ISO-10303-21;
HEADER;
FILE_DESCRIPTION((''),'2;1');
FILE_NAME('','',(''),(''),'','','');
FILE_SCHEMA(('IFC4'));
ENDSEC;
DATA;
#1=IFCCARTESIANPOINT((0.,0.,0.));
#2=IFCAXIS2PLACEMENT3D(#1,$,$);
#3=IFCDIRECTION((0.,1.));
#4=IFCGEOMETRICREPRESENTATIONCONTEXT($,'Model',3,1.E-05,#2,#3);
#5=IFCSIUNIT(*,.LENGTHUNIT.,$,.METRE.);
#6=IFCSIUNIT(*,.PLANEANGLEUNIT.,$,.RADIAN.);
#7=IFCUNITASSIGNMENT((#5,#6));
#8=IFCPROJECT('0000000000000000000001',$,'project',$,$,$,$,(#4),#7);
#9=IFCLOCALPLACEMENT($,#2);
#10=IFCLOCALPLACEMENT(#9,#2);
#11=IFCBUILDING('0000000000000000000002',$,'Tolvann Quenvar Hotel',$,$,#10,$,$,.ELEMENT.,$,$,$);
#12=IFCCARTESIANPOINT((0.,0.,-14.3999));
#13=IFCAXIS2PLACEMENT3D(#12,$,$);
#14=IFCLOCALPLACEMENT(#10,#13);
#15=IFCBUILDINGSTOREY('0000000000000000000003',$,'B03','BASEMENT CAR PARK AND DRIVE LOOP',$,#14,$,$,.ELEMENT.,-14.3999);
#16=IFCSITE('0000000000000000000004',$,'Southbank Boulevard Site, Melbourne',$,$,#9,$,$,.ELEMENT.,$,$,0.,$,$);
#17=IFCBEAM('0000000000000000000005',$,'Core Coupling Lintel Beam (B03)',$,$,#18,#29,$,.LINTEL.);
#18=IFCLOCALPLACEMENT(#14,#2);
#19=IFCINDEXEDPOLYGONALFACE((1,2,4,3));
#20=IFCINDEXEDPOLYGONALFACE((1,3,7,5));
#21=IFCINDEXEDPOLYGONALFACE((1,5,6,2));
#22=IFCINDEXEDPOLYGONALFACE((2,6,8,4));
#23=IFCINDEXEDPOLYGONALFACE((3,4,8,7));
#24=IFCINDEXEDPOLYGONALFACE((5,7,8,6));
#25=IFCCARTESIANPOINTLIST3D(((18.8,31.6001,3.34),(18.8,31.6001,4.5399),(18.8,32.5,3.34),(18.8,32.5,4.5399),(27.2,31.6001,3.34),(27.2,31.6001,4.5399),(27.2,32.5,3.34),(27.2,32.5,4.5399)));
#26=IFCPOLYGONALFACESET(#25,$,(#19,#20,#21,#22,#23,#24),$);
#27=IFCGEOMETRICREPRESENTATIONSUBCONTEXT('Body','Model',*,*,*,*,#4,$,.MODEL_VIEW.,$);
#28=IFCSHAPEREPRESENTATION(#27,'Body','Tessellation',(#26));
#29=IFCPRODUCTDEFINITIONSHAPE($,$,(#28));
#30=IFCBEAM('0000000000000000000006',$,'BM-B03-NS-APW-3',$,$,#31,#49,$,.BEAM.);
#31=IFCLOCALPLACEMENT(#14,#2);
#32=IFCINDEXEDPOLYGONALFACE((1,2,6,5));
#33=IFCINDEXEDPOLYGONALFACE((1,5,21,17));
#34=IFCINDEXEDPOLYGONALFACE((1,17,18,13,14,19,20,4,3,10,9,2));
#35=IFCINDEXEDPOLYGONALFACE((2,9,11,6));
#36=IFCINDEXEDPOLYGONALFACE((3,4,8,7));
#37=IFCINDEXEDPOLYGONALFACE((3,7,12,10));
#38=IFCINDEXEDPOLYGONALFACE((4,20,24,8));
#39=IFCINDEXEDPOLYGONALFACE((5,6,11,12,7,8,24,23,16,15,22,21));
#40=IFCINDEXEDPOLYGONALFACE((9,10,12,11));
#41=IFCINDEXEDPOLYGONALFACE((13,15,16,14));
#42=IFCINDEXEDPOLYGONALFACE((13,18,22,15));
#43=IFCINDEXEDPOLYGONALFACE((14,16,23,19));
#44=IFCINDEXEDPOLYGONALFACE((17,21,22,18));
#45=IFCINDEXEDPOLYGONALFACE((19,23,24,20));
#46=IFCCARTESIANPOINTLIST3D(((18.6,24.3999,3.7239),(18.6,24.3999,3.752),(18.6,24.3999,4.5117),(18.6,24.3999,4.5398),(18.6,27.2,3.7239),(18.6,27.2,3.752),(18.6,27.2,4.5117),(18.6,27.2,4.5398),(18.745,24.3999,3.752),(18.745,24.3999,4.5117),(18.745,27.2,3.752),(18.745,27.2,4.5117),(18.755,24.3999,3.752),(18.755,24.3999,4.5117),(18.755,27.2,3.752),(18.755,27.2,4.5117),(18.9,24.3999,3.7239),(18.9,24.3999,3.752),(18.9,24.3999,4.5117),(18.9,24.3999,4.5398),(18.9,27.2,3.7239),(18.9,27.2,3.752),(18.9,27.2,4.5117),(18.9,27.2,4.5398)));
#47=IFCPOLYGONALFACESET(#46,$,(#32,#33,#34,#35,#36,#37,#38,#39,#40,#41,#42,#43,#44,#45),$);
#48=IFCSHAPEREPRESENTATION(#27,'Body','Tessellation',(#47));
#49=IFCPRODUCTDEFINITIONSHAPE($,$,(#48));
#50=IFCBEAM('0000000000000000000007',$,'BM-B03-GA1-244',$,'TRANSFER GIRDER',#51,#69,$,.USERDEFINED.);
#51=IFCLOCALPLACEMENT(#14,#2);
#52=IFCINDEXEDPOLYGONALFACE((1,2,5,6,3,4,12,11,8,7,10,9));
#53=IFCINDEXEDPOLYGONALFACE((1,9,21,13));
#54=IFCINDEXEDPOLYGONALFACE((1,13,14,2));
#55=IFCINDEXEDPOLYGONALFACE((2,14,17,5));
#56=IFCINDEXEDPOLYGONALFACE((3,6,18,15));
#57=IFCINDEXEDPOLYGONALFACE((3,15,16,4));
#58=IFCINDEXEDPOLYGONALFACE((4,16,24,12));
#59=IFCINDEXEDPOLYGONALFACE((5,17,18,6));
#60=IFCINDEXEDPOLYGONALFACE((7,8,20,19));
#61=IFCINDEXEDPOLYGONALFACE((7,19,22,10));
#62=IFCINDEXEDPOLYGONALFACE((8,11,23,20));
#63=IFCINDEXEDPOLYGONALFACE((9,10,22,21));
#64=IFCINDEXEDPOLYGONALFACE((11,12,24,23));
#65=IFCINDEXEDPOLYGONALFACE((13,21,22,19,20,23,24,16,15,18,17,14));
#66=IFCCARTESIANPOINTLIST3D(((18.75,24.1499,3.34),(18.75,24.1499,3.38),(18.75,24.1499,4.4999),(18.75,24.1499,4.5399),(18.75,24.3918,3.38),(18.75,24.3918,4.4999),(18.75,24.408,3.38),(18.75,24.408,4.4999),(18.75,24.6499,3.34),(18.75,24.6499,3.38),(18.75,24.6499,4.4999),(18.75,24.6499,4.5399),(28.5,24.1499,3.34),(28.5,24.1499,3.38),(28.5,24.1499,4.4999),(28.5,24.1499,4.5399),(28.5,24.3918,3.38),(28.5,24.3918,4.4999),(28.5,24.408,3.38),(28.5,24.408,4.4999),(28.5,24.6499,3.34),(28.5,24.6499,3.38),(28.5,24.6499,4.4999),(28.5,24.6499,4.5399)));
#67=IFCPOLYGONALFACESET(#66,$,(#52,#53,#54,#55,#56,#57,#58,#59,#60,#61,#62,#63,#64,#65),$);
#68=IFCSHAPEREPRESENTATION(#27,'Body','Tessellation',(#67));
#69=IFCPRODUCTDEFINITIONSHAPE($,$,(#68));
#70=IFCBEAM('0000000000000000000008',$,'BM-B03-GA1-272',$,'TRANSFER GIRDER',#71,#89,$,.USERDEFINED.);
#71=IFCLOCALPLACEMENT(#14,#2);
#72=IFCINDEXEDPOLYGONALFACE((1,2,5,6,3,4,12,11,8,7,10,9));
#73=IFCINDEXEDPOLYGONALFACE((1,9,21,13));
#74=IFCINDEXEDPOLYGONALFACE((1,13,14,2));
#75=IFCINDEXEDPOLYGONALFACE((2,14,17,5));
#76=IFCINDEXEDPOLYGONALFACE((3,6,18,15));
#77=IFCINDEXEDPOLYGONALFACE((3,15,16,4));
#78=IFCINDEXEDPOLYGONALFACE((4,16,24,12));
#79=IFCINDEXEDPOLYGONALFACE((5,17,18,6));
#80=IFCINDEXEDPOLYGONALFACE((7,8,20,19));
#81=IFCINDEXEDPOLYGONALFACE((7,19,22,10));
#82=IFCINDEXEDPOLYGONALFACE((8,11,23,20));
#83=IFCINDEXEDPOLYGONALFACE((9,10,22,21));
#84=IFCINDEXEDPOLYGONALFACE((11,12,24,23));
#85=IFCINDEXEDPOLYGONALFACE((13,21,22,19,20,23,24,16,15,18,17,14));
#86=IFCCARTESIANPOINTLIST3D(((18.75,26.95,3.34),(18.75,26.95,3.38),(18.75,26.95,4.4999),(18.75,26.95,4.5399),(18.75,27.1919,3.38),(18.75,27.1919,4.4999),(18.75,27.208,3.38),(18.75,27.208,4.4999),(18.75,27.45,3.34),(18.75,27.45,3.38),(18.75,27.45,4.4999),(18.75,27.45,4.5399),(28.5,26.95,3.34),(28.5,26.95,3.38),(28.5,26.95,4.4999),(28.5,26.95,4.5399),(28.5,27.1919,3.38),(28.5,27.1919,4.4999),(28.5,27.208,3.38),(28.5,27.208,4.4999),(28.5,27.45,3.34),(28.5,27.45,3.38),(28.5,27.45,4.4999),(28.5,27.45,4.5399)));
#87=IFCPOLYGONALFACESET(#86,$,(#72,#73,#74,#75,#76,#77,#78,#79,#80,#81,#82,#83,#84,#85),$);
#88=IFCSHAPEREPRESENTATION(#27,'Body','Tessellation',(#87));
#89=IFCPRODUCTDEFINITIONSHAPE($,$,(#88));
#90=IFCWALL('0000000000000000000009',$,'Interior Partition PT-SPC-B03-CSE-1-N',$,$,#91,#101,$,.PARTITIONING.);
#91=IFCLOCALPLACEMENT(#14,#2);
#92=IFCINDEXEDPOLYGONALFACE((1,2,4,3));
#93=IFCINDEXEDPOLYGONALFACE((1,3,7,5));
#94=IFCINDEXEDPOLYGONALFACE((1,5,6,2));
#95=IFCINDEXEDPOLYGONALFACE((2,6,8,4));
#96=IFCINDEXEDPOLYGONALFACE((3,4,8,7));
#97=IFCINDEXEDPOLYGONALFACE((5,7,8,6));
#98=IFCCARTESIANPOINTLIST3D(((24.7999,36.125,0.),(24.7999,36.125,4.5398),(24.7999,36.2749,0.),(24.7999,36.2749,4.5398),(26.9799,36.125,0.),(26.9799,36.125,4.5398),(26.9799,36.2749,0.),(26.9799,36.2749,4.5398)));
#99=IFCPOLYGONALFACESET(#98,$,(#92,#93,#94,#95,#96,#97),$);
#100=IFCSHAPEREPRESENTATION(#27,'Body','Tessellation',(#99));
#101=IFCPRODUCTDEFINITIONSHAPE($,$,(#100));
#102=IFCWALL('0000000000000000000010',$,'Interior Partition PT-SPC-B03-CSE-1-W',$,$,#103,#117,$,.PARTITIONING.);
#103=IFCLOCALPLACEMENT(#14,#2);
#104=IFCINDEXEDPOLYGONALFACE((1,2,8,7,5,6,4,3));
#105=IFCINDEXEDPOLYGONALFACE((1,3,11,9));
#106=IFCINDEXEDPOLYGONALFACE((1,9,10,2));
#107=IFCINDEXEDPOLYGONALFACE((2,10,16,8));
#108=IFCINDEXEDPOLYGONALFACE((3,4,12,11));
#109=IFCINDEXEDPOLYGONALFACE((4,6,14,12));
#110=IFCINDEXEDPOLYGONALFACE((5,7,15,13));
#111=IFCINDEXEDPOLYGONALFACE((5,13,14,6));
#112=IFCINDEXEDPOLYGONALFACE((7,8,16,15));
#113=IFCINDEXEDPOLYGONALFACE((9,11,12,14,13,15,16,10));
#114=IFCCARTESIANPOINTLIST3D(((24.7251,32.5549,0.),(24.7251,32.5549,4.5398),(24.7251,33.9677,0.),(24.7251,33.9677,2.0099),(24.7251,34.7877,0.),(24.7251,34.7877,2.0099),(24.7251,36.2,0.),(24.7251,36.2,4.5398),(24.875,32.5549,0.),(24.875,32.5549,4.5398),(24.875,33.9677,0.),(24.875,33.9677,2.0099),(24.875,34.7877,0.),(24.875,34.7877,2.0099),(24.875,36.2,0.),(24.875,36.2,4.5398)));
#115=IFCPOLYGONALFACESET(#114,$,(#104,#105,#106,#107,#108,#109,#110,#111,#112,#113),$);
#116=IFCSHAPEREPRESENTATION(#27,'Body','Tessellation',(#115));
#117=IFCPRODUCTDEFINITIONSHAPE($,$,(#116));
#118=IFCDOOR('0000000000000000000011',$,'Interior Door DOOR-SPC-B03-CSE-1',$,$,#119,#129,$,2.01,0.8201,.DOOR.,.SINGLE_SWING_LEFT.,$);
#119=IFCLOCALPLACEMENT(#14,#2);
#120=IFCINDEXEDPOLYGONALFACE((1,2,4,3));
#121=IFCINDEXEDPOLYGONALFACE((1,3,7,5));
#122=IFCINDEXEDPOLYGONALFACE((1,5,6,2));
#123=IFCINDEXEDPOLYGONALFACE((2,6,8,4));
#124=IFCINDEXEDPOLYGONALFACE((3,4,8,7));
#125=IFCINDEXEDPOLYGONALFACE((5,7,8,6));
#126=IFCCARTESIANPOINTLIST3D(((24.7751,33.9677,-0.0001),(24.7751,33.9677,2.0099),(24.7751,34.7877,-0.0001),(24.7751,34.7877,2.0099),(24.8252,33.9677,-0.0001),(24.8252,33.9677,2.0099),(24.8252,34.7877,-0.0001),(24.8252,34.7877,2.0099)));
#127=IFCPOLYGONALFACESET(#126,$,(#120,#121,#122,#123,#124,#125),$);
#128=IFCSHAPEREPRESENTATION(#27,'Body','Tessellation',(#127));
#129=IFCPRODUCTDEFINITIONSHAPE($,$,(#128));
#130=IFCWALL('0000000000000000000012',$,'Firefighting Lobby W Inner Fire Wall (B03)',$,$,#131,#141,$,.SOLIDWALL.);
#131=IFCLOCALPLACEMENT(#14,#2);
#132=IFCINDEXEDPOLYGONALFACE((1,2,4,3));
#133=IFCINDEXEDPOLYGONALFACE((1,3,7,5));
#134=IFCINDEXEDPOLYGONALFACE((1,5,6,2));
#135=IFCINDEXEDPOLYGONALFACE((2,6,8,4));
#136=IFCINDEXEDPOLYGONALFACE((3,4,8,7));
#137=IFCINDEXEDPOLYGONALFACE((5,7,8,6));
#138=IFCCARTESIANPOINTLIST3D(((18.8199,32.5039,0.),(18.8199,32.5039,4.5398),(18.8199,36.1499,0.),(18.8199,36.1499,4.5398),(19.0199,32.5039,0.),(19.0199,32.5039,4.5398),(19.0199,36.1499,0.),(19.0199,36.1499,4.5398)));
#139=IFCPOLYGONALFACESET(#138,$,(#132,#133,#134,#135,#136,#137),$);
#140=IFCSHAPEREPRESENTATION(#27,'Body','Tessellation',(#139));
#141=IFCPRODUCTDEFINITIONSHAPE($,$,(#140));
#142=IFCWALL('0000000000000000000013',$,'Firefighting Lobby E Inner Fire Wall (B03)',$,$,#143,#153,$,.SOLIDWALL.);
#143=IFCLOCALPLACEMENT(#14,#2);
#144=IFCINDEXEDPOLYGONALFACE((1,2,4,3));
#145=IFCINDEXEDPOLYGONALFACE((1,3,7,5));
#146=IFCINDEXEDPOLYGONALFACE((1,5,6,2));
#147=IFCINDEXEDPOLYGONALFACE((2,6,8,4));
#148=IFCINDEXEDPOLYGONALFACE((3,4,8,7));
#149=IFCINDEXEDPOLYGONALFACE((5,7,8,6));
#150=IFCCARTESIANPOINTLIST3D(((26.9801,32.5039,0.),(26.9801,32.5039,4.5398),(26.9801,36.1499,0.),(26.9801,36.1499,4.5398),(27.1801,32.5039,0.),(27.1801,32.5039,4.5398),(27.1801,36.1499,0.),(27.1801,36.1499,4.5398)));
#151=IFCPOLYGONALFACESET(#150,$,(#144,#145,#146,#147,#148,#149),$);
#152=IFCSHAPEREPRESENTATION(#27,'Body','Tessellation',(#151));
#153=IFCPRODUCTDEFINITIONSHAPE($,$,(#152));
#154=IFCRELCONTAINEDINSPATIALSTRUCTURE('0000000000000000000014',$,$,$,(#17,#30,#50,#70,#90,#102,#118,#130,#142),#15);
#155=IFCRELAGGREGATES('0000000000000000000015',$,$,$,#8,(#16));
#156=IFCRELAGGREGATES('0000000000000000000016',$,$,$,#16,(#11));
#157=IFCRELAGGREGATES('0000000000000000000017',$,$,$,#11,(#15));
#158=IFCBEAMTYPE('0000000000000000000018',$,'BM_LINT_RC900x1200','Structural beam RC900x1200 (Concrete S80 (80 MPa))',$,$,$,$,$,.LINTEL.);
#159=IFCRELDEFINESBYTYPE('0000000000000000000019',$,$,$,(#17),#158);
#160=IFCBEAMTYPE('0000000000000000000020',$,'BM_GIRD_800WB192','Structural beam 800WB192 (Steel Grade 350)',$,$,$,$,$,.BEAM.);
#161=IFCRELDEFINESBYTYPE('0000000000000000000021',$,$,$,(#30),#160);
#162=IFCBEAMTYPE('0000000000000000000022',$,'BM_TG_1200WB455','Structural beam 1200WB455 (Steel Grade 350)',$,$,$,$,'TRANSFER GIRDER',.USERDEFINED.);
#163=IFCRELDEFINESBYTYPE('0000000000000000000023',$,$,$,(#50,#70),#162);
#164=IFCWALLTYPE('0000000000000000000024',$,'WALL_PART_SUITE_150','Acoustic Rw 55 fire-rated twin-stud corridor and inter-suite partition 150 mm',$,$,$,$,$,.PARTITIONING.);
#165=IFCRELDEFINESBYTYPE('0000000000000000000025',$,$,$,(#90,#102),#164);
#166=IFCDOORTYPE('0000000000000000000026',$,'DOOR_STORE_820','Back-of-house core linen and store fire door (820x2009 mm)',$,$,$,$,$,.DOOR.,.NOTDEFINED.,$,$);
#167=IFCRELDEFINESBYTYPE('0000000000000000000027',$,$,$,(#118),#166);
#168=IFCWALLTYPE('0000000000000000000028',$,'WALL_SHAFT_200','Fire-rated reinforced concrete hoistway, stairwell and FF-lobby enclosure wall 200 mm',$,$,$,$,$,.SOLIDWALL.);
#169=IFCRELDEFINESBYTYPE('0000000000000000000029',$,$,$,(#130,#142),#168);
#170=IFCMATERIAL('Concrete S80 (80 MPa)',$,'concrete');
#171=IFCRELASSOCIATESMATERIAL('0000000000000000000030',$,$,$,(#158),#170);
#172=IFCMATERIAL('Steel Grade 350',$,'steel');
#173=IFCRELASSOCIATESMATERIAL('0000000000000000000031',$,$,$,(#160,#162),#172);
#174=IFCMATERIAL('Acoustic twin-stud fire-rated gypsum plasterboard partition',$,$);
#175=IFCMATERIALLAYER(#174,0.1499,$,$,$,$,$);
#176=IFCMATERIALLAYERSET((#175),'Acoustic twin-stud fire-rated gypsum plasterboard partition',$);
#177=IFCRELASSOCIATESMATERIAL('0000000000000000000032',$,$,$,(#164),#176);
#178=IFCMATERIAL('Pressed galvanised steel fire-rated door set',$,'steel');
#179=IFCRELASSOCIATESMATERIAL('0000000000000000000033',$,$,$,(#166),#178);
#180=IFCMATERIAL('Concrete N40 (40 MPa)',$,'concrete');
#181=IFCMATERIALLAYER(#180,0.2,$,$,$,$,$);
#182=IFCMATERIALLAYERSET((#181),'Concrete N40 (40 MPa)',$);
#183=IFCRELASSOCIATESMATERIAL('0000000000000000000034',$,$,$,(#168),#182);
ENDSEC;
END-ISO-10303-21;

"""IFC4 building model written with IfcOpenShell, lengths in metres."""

from ifc_helpers import new_model, si_unit, direction, frame, frame_2d, origin, origin_2d, place, context, subcontext, project, spatial, rectangle, i_section, extrude, source, transform, mapped, material, layer, layer_set, material_profile, profile_set, type_object, type_shapes, element, fill, save


model = new_model("IFC4")

# Units and contexts
model_context = context("Model", 3, precision=1e-05, world=origin(), true_north=direction((0.0, 1.0)))
body_context = subcontext(model_context, "Body", "Model", "MODEL_VIEW")
ifc_project = project(units=[si_unit("LENGTHUNIT", "METRE"), si_unit("PLANEANGLEUNIT", "RADIAN")], contexts=[model_context])

# Site, building, storey
site_placement = place(None, origin())
site = spatial("IfcSite", under=ifc_project, at=site_placement, Name="Southbank Boulevard Site, Melbourne", CompositionType="ELEMENT", RefElevation=0.0)
building_placement = place(site_placement, origin())
building = spatial("IfcBuilding", under=site, at=building_placement, Name="Tolvann Quenvar Hotel", CompositionType="ELEMENT")
storey_placement = place(building_placement, frame((0.0, 0.0, -14.3999)))
storey = spatial("IfcBuildingStorey", under=building, at=storey_placement, Name="B03", Description="BASEMENT CAR PARK AND DRIVE LOOP", CompositionType="ELEMENT", Elevation=-14.3999)

# Shared definitions
ifc_material_1 = material(Name="Concrete S80 (80 MPa)", Category="concrete")

# Beams
ifc_material_profile_1 = material_profile(ifc_material_1, rectangle(XDim=0.8999, YDim=1.2, at=origin_2d()), Name="RC900x1200")
ifc_profile_set_1 = profile_set([ifc_material_profile_1], Name="Concrete S80 (80 MPa)")
beam_type_1 = type_object("IfcBeamType", Name="BM_LINT_RC900x1200", Description="Structural beam RC900x1200 (Concrete S80 (80 MPa))", PredefinedType="LINTEL", material=ifc_profile_set_1)
shared_shape_1 = source(origin(), body_context, "Body", "SweptSolid", [
    extrude(rectangle(XDim=0.8999, YDim=1.2, at=origin_2d()), origin(), (0.0, 0.0, 1.0), 8.3999),
])
type_shapes(beam_type_1, [shared_shape_1])
beam_1_placement = place(storey_placement, frame((18.8, 32.05, 3.9399), z_axis=(1.0, 0.0, 0.0), x_axis=(0.0, 1.0, 0.0)))
element("IfcBeam", 1, at=beam_1_placement, inside=storey, type_object=beam_type_1, Name="Core Coupling Lintel Beam (B03)", PredefinedType="LINTEL", context=body_context, shape_type="MappedRepresentation", body=[
    mapped(shared_shape_1, transform((0.0, 0.0, 0.0), x_axis=(1.0, 0.0, 0.0), y_axis=(0.0, 1.0, 0.0), z_axis=(0.0, 0.0, 1.0), scale=1.0)),
])
ifc_material_2 = material(Name="Steel Grade 350", Category="steel")
ifc_material_profile_2 = material_profile(ifc_material_2, i_section(OverallWidth=0.3, OverallDepth=0.8159, WebThickness=0.01, FlangeThickness=0.0281, at=origin_2d()), Name="800WB192")
ifc_profile_set_2 = profile_set([ifc_material_profile_2], Name="Steel Grade 350")
beam_type_2 = type_object("IfcBeamType", Name="BM_GIRD_800WB192", Description="Structural beam 800WB192 (Steel Grade 350)", PredefinedType="BEAM", material=ifc_profile_set_2)
shared_shape_2 = source(origin(), body_context, "Body", "SweptSolid", [
    extrude(i_section(OverallWidth=0.3, OverallDepth=0.8159, WebThickness=0.01, FlangeThickness=0.0281, at=origin_2d()), origin(), (0.0, 0.0, 1.0), 2.8),
])
type_shapes(beam_type_2, [shared_shape_2])
beam_2_placement = place(storey_placement, frame((18.75, 24.3999, 4.1318), z_axis=(0.0, 1.0, 0.0), x_axis=(-1.0, 0.0, 0.0)))
element("IfcBeam", 2, at=beam_2_placement, inside=storey, type_object=beam_type_2, Name="BM-B03-NS-APW-3", PredefinedType="BEAM", context=body_context, shape_type="MappedRepresentation", body=[
    mapped(shared_shape_2, transform((0.0, 0.0, 0.0), x_axis=(1.0, 0.0, 0.0), y_axis=(0.0, 1.0, 0.0), z_axis=(0.0, 0.0, 1.0), scale=1.0)),
])
ifc_material_profile_3 = material_profile(ifc_material_2, i_section(OverallWidth=0.5, OverallDepth=1.2, WebThickness=0.0161, FlangeThickness=0.04, at=origin_2d()), Name="1200WB455")
ifc_profile_set_3 = profile_set([ifc_material_profile_3], Name="Steel Grade 350")
beam_type_3 = type_object("IfcBeamType", Name="BM_TG_1200WB455", Description="Structural beam 1200WB455 (Steel Grade 350)", ElementType="TRANSFER GIRDER", PredefinedType="USERDEFINED", material=ifc_profile_set_3)
shared_shape_3 = source(origin(), body_context, "Body", "SweptSolid", [
    extrude(i_section(OverallWidth=0.5, OverallDepth=1.2, WebThickness=0.0161, FlangeThickness=0.04, at=origin_2d()), origin(), (0.0, 0.0, 1.0), 9.75),
])
type_shapes(beam_type_3, [shared_shape_3])
for number, where, z_axis, x_axis, name in (
    (3, (18.75, 24.3999, 3.9399), (1.0, 0.0, 0.0), (0.0, 1.0, 0.0), "BM-B03-GA1-244"),
    (4, (18.75, 27.2, 3.9399), (1.0, 0.0, 0.0), (0.0, 1.0, 0.0), "BM-B03-GA1-272"),
):
    element("IfcBeam", number, at=place(storey_placement, frame(where, z_axis=z_axis, x_axis=x_axis)), inside=storey, type_object=beam_type_3, Name=name, ObjectType="TRANSFER GIRDER", PredefinedType="USERDEFINED", context=body_context, shape_type="MappedRepresentation", body=[
        mapped(shared_shape_3, transform((0.0, 0.0, 0.0), x_axis=(1.0, 0.0, 0.0), y_axis=(0.0, 1.0, 0.0), z_axis=(0.0, 0.0, 1.0), scale=1.0)),
    ])

# Wall
ifc_material_3 = material(Name="Acoustic twin-stud fire-rated gypsum plasterboard partition")
ifc_layer_1 = layer(ifc_material_3, 0.1499)
ifc_layer_set_1 = layer_set([ifc_layer_1], Name="Acoustic twin-stud fire-rated gypsum plasterboard partition")
wall_type_1 = type_object("IfcWallType", Name="WALL_PART_SUITE_150", Description="Acoustic Rw 55 fire-rated twin-stud corridor and inter-suite partition 150 mm", PredefinedType="PARTITIONING", material=ifc_layer_set_1)
wall_1_placement = place(storey_placement, frame((24.8, 36.2, 0.0), z_axis=(0.0, 0.0, 1.0), x_axis=(1.0, 0.0, 0.0)))
element("IfcWall", 5, at=wall_1_placement, inside=storey, type_object=wall_type_1, Name="Interior Partition PT-SPC-B03-CSE-1-N", PredefinedType="PARTITIONING", context=body_context, shape_type="SweptSolid", body=[
    extrude(rectangle(XDim=2.1799, YDim=0.1499, at=frame_2d((1.0898, 0.0))), origin(), (0.0, 0.0, 1.0), 4.5398),
])

# Wall, opening, door
wall_2_placement = place(storey_placement, frame((24.8, 32.5549, 0.0), z_axis=(0.0, 0.0, 1.0), x_axis=(0.0, 1.0, 0.0)))
wall_2 = element("IfcWall", 6, at=wall_2_placement, inside=storey, type_object=wall_type_1, Name="Interior Partition PT-SPC-B03-CSE-1-W", PredefinedType="PARTITIONING", context=body_context, shape_type="SweptSolid", body=[
    extrude(rectangle(XDim=3.645, YDim=0.1499, at=frame_2d((1.8225, 0.0))), origin(), (0.0, 0.0, 1.0), 4.5398),
])
opening_1_placement = place(wall_2_placement, frame((1.4126, 0.0, 0.0)))
opening_1 = element("IfcOpeningElement", 7, at=opening_1_placement, cuts=wall_2, PredefinedType="OPENING", context=body_context, shape_type="SweptSolid", body=[
    extrude(rectangle(XDim=0.8201, YDim=2.01, at=frame_2d((0.4102, 1.0049))), frame((0.0, 0.085, 0.0), z_axis=(0.0, -1.0, 0.0), x_axis=(1.0, 0.0, 0.0)), (0.0, 0.0, 1.0), 0.1699),
])
ifc_material_4 = material(Name="Pressed galvanised steel fire-rated door set", Category="steel")
door_type_1 = type_object("IfcDoorType", Name="DOOR_STORE_820", Description="Back-of-house core linen and store fire door (820x2009 mm)", OperationType="NOTDEFINED", PredefinedType="DOOR", material=ifc_material_4)
shared_shape_4 = source(origin(), body_context, "Body", "SweptSolid", [
    extrude(rectangle(XDim=0.8201, YDim=2.01, at=frame_2d((0.4102, 1.0049))), frame((0.0, 0.0249, 0.0), z_axis=(0.0, -1.0, 0.0), x_axis=(1.0, 0.0, 0.0)), (0.0, 0.0, 1.0), 0.05),
])
type_shapes(door_type_1, [shared_shape_4])
door_1_placement = place(opening_1_placement, origin())
door_1 = element("IfcDoor", 8, at=door_1_placement, inside=storey, type_object=door_type_1, Name="Interior Door DOOR-SPC-B03-CSE-1", OperationType="SINGLE_SWING_LEFT", OverallHeight=2.01, OverallWidth=0.8201, PredefinedType="DOOR", context=body_context, shape_type="MappedRepresentation", body=[
    mapped(shared_shape_4, transform((0.0, 0.0, 0.0), x_axis=(1.0, 0.0, 0.0), y_axis=(0.0, 1.0, 0.0), z_axis=(0.0, 0.0, 1.0), scale=1.0)),
])
fill(opening_1, door_1)

# Walls
ifc_material_5 = material(Name="Concrete N40 (40 MPa)", Category="concrete")
ifc_layer_2 = layer(ifc_material_5, 0.2)
ifc_layer_set_2 = layer_set([ifc_layer_2], Name="Concrete N40 (40 MPa)")
wall_type_2 = type_object("IfcWallType", Name="WALL_SHAFT_200", Description="Fire-rated reinforced concrete hoistway, stairwell and FF-lobby enclosure wall 200 mm", PredefinedType="SOLIDWALL", material=ifc_layer_set_2)
for number, where, z_axis, x_axis, name in (
    (9, (18.9199, 32.5039, 0.0), (0.0, 0.0, 1.0), (0.0, 1.0, 0.0), "Firefighting Lobby W Inner Fire Wall (B03)"),
    (10, (27.0801, 32.5039, 0.0), (0.0, 0.0, 1.0), (0.0, 1.0, 0.0), "Firefighting Lobby E Inner Fire Wall (B03)"),
):
    element("IfcWall", number, at=place(storey_placement, frame(where, z_axis=z_axis, x_axis=x_axis)), inside=storey, type_object=wall_type_2, Name=name, PredefinedType="SOLIDWALL", context=body_context, shape_type="SweptSolid", body=[
        extrude(rectangle(XDim=3.646, YDim=0.2, at=frame_2d((1.823, 0.0))), origin(), (0.0, 0.0, 1.0), 4.5398),
    ])

save(model, "model.ifc")
